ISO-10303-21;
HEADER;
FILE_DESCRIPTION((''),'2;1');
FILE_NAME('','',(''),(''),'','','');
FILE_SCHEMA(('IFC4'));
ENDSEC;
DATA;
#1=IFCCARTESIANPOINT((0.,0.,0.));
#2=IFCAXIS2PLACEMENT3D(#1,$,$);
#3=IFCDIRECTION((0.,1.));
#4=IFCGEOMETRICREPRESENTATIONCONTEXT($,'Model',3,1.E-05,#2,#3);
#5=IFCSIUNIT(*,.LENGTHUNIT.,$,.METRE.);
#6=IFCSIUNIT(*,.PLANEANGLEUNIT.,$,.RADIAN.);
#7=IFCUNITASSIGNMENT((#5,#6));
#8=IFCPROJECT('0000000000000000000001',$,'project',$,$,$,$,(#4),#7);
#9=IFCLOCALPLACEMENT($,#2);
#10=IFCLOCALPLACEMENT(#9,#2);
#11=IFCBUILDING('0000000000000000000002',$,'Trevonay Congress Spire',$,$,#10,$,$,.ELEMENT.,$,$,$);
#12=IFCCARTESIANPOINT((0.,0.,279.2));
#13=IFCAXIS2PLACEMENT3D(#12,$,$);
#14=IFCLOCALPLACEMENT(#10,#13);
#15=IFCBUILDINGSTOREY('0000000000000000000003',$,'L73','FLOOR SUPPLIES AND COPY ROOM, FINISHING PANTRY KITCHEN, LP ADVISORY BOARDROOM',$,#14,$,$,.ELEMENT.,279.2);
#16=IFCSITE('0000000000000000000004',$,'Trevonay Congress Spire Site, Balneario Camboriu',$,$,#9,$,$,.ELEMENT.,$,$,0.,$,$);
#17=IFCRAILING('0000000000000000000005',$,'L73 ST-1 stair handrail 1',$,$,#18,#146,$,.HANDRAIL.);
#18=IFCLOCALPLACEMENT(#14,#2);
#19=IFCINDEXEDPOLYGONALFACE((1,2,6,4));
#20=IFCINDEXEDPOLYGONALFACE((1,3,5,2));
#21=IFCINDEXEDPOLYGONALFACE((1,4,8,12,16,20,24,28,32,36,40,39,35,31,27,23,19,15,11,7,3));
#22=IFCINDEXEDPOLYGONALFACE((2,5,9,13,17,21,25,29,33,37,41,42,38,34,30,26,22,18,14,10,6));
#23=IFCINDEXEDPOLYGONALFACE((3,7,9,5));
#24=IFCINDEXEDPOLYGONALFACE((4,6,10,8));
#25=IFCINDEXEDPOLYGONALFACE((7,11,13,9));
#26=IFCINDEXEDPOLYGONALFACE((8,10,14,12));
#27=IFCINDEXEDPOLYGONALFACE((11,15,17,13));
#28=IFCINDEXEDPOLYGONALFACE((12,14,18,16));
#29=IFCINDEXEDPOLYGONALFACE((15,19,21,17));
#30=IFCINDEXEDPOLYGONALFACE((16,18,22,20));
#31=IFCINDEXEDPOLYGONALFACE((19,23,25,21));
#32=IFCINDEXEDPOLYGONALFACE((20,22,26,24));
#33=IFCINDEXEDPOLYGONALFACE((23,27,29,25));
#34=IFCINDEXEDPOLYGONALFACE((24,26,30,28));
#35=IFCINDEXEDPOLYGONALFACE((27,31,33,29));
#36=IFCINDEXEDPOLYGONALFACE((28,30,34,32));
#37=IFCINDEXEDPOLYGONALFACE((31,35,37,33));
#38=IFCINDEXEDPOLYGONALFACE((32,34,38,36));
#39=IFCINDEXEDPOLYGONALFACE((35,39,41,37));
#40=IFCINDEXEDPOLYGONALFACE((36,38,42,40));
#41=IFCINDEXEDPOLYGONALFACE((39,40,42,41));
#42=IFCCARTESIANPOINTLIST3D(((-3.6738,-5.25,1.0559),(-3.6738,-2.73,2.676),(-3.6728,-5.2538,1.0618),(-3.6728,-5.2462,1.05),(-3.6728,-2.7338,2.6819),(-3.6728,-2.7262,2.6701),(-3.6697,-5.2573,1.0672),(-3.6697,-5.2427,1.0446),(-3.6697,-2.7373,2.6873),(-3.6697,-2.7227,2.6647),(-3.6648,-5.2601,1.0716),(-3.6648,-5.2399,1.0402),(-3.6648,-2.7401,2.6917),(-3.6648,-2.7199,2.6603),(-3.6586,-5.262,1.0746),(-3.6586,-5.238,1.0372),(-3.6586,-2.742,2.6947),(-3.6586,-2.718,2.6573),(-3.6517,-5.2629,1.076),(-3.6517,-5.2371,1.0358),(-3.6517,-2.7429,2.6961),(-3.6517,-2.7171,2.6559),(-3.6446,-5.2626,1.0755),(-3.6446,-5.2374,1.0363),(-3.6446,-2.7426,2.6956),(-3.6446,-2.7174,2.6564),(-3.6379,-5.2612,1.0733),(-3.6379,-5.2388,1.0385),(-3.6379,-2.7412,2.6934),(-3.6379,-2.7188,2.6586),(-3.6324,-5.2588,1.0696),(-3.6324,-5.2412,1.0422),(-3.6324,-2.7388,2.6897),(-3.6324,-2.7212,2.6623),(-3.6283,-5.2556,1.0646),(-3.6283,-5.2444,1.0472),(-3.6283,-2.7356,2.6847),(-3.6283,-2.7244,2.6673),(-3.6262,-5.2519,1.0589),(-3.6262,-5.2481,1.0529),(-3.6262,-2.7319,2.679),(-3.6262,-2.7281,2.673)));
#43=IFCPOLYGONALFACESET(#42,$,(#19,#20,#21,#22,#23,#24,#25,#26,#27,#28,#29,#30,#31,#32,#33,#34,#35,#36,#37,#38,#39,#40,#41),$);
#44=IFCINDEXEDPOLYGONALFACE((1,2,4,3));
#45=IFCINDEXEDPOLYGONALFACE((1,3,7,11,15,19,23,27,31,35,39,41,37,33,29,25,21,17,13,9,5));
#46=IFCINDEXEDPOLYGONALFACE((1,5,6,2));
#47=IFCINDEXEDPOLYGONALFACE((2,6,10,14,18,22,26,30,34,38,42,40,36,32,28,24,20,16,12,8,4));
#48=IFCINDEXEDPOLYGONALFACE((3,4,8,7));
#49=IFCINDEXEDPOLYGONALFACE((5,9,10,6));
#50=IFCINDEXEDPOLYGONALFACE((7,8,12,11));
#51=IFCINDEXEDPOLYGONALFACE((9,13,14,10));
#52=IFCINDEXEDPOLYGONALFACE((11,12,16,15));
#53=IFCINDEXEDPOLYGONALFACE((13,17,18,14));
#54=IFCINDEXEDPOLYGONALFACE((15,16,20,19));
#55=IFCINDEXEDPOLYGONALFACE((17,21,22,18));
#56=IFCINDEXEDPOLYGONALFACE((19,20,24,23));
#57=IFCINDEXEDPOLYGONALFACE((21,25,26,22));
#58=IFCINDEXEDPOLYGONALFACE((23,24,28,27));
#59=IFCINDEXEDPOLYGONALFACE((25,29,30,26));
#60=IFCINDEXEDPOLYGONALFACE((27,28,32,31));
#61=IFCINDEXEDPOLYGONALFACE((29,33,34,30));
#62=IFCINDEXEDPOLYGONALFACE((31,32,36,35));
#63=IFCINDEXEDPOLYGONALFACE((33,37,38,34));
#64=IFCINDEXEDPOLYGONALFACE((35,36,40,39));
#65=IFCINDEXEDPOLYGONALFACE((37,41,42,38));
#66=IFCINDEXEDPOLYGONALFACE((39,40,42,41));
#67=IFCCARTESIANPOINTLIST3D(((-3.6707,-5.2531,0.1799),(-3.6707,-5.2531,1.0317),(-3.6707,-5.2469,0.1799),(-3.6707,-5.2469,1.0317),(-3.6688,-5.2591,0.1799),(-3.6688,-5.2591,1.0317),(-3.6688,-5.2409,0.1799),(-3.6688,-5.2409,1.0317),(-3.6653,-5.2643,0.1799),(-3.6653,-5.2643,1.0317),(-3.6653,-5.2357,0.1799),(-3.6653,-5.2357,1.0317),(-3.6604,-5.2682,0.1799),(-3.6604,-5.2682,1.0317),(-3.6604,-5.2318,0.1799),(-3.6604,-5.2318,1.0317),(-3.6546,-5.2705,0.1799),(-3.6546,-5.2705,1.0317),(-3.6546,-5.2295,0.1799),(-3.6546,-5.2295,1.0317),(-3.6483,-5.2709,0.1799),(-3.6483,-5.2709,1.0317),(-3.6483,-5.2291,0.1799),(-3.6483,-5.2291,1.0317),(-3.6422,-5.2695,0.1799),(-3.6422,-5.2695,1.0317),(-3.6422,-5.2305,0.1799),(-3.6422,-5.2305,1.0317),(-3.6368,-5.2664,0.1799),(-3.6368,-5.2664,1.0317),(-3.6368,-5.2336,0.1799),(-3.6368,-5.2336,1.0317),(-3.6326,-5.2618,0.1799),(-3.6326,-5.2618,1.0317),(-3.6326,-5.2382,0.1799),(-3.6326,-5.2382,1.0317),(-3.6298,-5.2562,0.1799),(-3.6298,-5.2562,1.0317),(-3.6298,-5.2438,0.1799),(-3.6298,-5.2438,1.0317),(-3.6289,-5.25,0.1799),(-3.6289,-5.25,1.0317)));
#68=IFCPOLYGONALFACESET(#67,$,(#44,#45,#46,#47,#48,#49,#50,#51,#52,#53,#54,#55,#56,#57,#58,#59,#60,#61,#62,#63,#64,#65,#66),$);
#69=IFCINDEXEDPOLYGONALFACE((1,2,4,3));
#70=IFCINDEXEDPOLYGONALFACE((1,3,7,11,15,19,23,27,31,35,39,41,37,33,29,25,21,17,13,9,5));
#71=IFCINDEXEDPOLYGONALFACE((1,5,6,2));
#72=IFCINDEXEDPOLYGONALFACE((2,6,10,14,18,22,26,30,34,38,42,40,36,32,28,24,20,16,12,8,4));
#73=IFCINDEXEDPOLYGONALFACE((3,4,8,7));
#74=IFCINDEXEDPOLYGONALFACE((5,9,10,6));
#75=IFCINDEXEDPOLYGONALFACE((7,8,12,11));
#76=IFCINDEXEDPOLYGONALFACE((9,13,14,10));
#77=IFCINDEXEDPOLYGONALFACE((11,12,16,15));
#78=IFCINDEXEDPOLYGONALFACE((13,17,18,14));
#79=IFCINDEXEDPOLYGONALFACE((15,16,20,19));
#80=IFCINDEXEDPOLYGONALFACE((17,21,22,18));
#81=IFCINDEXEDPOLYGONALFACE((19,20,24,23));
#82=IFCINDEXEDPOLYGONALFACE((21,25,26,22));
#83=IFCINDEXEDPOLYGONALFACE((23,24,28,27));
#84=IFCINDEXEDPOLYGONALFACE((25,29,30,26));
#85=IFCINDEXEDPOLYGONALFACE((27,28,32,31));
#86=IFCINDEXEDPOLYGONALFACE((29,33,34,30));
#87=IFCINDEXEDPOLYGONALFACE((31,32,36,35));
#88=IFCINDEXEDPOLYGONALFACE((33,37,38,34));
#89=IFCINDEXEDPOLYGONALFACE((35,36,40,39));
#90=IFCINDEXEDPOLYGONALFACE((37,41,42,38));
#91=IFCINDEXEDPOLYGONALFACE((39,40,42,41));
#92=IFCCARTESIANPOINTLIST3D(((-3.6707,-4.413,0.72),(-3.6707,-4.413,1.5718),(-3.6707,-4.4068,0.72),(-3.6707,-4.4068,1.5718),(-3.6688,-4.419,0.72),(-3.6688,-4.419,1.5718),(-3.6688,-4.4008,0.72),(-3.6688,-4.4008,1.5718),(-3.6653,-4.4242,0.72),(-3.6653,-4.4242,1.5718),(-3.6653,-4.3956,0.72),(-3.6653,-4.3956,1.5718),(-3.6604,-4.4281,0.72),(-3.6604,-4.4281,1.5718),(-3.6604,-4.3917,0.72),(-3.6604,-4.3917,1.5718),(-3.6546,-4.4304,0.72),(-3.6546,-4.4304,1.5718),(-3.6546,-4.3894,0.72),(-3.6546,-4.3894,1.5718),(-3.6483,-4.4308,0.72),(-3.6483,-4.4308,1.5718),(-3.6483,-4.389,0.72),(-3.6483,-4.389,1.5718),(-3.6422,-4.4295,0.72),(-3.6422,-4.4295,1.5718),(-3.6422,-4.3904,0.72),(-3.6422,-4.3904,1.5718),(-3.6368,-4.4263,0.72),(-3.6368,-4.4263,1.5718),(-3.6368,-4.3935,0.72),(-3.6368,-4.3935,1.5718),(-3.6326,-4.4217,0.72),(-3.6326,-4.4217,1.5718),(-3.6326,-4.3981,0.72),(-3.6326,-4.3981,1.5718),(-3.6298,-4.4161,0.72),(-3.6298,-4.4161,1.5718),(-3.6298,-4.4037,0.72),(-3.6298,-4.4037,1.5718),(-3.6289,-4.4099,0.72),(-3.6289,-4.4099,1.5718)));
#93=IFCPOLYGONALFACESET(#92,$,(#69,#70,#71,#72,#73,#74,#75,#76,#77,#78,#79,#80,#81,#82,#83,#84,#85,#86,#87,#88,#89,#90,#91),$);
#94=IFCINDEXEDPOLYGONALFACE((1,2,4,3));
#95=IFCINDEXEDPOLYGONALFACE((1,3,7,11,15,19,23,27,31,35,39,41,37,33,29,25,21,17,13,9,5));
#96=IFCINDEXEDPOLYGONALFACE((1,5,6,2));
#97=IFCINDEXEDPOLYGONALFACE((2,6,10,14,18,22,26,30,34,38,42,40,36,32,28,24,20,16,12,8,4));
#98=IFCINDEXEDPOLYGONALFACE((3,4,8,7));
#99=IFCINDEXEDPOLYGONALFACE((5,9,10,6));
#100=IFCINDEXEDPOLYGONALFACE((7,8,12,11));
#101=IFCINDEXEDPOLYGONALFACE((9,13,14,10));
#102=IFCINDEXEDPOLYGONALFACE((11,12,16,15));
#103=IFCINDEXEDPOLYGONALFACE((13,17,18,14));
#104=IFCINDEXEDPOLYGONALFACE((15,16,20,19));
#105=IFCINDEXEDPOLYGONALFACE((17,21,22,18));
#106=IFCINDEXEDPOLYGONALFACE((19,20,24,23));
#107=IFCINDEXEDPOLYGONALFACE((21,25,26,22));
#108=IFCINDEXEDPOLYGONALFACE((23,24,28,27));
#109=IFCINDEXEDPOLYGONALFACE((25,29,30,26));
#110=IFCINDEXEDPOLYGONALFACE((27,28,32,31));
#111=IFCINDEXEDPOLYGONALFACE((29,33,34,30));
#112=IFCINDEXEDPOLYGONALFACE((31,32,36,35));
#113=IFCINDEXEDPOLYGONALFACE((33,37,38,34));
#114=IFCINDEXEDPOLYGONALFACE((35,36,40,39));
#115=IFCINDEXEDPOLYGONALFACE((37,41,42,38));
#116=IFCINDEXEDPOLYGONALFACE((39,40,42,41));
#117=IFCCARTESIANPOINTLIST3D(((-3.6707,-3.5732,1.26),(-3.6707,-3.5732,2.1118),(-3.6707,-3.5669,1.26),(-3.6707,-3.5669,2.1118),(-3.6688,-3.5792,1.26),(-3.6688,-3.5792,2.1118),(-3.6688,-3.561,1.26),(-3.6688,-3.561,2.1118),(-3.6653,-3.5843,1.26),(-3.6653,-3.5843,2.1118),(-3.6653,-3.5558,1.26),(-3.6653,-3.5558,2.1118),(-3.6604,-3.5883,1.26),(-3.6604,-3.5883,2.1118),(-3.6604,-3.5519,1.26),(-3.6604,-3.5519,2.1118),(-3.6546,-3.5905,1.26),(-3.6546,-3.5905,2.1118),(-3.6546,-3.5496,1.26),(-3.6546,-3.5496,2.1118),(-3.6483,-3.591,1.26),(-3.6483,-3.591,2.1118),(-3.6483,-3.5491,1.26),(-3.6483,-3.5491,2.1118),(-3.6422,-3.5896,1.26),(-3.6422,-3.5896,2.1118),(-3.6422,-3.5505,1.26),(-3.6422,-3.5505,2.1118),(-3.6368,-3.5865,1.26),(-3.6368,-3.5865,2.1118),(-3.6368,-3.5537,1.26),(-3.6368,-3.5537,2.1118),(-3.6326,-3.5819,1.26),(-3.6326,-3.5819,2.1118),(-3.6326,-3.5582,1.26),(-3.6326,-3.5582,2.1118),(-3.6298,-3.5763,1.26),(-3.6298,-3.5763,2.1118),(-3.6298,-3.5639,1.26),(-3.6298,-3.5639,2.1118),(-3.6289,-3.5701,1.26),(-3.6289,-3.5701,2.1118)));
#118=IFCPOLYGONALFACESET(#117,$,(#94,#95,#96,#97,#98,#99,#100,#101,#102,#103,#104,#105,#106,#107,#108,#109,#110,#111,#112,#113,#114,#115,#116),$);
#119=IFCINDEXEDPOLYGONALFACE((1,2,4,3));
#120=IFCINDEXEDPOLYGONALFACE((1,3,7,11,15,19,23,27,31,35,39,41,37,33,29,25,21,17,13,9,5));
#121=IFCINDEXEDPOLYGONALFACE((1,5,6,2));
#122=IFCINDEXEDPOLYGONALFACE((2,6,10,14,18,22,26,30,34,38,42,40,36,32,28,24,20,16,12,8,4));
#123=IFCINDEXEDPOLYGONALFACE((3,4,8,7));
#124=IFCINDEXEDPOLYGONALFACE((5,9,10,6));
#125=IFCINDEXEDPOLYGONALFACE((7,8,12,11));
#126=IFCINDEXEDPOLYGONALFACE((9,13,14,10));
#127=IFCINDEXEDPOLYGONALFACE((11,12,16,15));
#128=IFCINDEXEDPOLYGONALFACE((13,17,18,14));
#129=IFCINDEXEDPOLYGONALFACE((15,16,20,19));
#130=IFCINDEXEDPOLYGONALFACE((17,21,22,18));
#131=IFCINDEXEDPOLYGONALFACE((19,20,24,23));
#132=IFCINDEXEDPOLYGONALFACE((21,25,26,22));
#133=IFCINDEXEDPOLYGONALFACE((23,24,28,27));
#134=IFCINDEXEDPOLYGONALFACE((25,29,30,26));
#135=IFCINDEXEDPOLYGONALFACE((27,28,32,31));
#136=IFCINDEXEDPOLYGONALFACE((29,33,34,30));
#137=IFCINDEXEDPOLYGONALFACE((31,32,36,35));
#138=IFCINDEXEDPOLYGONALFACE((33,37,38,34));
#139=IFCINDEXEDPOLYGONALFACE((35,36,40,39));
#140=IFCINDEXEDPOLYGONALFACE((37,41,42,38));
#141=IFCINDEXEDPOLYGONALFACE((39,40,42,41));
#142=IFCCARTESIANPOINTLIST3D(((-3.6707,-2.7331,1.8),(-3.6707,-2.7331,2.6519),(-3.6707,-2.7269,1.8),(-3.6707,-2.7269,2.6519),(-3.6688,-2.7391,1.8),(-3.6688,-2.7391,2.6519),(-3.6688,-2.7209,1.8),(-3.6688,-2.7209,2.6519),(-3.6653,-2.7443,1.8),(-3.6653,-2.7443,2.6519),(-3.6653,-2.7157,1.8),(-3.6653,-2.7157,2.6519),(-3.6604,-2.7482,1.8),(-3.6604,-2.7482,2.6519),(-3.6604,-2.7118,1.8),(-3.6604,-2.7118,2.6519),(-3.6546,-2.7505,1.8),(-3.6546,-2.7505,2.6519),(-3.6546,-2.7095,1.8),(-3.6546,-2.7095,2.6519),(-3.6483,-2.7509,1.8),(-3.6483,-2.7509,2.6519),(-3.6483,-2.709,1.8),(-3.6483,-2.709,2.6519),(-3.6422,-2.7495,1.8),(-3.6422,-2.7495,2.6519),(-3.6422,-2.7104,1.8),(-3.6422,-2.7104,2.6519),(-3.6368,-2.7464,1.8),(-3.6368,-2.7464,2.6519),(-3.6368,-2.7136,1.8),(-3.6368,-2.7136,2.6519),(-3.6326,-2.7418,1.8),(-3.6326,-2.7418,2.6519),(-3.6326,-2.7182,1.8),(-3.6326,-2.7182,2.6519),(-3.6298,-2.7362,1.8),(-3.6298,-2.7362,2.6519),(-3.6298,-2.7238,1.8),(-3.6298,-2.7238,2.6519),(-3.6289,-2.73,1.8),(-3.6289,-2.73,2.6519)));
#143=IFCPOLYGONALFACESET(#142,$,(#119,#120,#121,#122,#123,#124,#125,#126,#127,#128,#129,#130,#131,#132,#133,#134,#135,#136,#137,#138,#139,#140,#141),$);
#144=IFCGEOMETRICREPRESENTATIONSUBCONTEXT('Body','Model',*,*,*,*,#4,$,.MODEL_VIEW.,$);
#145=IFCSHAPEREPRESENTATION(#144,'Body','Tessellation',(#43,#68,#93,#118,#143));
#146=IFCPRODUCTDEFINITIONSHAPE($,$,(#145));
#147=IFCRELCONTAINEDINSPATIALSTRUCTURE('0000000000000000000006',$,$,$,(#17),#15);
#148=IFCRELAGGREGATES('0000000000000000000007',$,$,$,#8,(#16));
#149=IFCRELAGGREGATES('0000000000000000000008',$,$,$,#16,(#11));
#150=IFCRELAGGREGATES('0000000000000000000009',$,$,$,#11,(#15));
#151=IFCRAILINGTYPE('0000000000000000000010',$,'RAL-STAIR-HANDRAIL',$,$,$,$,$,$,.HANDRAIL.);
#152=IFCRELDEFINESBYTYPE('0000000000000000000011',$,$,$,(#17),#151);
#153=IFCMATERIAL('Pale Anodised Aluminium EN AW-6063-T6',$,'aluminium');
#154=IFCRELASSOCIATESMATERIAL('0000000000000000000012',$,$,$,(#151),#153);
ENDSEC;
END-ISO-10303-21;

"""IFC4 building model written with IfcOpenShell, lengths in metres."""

from ifc_helpers import new_model, si_unit, direction, frame, origin, origin_2d, place, context, subcontext, project, spatial, circle, extrude, material, type_object, element, save


model = new_model("IFC4")

# Units and contexts
model_context = context("Model", 3, precision=1e-05, world=origin(), true_north=direction((0.0, 1.0)))
body_context = subcontext(model_context, "Body", "Model", "MODEL_VIEW")
ifc_project = project(units=[si_unit("LENGTHUNIT", "METRE"), si_unit("PLANEANGLEUNIT", "RADIAN")], contexts=[model_context])

# Site, building, storey
site_placement = place(None, origin())
site = spatial("IfcSite", under=ifc_project, at=site_placement, Name="Trevonay Congress Spire Site, Balneario Camboriu", CompositionType="ELEMENT", RefElevation=0.0)
building_placement = place(site_placement, origin())
building = spatial("IfcBuilding", under=site, at=building_placement, Name="Trevonay Congress Spire", CompositionType="ELEMENT")
storey_placement = place(building_placement, frame((0.0, 0.0, 279.2)))
storey = spatial("IfcBuildingStorey", under=building, at=storey_placement, Name="L73", Description="FLOOR SUPPLIES AND COPY ROOM, FINISHING PANTRY KITCHEN, LP ADVISORY BOARDROOM", CompositionType="ELEMENT", Elevation=279.2)

# Railing
ifc_material_1 = material(Name="Pale Anodised Aluminium EN AW-6063-T6", Category="aluminium")
railing_type_1 = type_object("IfcRailingType", Name="RAL-STAIR-HANDRAIL", PredefinedType="HANDRAIL", material=ifc_material_1)
railing_1_placement = place(storey_placement, frame((-3.6499, -5.25, 0.1799)))
element("IfcRailing", 1, at=railing_1_placement, inside=storey, type_object=railing_type_1, Name="L73 ST-1 stair handrail 1", PredefinedType="HANDRAIL", context=body_context, shape_type="SweptSolid", body=[
    extrude(circle(Radius=0.0239, at=origin_2d()), frame((0.0, 0.0, 0.876), z_axis=(0.0, 0.841163, 0.540782), x_axis=(-1.0, 0.0, 0.0)), (0.0, 0.0, 1.0), 2.9958),
    extrude(circle(Radius=0.021, at=origin_2d()), origin(), (0.0, 0.0, 1.0), 0.8518),
    extrude(circle(Radius=0.021, at=origin_2d()), frame((0.0, 0.8401, 0.54)), (0.0, 0.0, 1.0), 0.8518),
    extrude(circle(Radius=0.021, at=origin_2d()), frame((0.0, 1.6799, 1.0801)), (0.0, 0.0, 1.0), 0.8518),
    extrude(circle(Radius=0.021, at=origin_2d()), frame((0.0, 2.52, 1.6201)), (0.0, 0.0, 1.0), 0.8518),
])

save(model, "model.ifc")
